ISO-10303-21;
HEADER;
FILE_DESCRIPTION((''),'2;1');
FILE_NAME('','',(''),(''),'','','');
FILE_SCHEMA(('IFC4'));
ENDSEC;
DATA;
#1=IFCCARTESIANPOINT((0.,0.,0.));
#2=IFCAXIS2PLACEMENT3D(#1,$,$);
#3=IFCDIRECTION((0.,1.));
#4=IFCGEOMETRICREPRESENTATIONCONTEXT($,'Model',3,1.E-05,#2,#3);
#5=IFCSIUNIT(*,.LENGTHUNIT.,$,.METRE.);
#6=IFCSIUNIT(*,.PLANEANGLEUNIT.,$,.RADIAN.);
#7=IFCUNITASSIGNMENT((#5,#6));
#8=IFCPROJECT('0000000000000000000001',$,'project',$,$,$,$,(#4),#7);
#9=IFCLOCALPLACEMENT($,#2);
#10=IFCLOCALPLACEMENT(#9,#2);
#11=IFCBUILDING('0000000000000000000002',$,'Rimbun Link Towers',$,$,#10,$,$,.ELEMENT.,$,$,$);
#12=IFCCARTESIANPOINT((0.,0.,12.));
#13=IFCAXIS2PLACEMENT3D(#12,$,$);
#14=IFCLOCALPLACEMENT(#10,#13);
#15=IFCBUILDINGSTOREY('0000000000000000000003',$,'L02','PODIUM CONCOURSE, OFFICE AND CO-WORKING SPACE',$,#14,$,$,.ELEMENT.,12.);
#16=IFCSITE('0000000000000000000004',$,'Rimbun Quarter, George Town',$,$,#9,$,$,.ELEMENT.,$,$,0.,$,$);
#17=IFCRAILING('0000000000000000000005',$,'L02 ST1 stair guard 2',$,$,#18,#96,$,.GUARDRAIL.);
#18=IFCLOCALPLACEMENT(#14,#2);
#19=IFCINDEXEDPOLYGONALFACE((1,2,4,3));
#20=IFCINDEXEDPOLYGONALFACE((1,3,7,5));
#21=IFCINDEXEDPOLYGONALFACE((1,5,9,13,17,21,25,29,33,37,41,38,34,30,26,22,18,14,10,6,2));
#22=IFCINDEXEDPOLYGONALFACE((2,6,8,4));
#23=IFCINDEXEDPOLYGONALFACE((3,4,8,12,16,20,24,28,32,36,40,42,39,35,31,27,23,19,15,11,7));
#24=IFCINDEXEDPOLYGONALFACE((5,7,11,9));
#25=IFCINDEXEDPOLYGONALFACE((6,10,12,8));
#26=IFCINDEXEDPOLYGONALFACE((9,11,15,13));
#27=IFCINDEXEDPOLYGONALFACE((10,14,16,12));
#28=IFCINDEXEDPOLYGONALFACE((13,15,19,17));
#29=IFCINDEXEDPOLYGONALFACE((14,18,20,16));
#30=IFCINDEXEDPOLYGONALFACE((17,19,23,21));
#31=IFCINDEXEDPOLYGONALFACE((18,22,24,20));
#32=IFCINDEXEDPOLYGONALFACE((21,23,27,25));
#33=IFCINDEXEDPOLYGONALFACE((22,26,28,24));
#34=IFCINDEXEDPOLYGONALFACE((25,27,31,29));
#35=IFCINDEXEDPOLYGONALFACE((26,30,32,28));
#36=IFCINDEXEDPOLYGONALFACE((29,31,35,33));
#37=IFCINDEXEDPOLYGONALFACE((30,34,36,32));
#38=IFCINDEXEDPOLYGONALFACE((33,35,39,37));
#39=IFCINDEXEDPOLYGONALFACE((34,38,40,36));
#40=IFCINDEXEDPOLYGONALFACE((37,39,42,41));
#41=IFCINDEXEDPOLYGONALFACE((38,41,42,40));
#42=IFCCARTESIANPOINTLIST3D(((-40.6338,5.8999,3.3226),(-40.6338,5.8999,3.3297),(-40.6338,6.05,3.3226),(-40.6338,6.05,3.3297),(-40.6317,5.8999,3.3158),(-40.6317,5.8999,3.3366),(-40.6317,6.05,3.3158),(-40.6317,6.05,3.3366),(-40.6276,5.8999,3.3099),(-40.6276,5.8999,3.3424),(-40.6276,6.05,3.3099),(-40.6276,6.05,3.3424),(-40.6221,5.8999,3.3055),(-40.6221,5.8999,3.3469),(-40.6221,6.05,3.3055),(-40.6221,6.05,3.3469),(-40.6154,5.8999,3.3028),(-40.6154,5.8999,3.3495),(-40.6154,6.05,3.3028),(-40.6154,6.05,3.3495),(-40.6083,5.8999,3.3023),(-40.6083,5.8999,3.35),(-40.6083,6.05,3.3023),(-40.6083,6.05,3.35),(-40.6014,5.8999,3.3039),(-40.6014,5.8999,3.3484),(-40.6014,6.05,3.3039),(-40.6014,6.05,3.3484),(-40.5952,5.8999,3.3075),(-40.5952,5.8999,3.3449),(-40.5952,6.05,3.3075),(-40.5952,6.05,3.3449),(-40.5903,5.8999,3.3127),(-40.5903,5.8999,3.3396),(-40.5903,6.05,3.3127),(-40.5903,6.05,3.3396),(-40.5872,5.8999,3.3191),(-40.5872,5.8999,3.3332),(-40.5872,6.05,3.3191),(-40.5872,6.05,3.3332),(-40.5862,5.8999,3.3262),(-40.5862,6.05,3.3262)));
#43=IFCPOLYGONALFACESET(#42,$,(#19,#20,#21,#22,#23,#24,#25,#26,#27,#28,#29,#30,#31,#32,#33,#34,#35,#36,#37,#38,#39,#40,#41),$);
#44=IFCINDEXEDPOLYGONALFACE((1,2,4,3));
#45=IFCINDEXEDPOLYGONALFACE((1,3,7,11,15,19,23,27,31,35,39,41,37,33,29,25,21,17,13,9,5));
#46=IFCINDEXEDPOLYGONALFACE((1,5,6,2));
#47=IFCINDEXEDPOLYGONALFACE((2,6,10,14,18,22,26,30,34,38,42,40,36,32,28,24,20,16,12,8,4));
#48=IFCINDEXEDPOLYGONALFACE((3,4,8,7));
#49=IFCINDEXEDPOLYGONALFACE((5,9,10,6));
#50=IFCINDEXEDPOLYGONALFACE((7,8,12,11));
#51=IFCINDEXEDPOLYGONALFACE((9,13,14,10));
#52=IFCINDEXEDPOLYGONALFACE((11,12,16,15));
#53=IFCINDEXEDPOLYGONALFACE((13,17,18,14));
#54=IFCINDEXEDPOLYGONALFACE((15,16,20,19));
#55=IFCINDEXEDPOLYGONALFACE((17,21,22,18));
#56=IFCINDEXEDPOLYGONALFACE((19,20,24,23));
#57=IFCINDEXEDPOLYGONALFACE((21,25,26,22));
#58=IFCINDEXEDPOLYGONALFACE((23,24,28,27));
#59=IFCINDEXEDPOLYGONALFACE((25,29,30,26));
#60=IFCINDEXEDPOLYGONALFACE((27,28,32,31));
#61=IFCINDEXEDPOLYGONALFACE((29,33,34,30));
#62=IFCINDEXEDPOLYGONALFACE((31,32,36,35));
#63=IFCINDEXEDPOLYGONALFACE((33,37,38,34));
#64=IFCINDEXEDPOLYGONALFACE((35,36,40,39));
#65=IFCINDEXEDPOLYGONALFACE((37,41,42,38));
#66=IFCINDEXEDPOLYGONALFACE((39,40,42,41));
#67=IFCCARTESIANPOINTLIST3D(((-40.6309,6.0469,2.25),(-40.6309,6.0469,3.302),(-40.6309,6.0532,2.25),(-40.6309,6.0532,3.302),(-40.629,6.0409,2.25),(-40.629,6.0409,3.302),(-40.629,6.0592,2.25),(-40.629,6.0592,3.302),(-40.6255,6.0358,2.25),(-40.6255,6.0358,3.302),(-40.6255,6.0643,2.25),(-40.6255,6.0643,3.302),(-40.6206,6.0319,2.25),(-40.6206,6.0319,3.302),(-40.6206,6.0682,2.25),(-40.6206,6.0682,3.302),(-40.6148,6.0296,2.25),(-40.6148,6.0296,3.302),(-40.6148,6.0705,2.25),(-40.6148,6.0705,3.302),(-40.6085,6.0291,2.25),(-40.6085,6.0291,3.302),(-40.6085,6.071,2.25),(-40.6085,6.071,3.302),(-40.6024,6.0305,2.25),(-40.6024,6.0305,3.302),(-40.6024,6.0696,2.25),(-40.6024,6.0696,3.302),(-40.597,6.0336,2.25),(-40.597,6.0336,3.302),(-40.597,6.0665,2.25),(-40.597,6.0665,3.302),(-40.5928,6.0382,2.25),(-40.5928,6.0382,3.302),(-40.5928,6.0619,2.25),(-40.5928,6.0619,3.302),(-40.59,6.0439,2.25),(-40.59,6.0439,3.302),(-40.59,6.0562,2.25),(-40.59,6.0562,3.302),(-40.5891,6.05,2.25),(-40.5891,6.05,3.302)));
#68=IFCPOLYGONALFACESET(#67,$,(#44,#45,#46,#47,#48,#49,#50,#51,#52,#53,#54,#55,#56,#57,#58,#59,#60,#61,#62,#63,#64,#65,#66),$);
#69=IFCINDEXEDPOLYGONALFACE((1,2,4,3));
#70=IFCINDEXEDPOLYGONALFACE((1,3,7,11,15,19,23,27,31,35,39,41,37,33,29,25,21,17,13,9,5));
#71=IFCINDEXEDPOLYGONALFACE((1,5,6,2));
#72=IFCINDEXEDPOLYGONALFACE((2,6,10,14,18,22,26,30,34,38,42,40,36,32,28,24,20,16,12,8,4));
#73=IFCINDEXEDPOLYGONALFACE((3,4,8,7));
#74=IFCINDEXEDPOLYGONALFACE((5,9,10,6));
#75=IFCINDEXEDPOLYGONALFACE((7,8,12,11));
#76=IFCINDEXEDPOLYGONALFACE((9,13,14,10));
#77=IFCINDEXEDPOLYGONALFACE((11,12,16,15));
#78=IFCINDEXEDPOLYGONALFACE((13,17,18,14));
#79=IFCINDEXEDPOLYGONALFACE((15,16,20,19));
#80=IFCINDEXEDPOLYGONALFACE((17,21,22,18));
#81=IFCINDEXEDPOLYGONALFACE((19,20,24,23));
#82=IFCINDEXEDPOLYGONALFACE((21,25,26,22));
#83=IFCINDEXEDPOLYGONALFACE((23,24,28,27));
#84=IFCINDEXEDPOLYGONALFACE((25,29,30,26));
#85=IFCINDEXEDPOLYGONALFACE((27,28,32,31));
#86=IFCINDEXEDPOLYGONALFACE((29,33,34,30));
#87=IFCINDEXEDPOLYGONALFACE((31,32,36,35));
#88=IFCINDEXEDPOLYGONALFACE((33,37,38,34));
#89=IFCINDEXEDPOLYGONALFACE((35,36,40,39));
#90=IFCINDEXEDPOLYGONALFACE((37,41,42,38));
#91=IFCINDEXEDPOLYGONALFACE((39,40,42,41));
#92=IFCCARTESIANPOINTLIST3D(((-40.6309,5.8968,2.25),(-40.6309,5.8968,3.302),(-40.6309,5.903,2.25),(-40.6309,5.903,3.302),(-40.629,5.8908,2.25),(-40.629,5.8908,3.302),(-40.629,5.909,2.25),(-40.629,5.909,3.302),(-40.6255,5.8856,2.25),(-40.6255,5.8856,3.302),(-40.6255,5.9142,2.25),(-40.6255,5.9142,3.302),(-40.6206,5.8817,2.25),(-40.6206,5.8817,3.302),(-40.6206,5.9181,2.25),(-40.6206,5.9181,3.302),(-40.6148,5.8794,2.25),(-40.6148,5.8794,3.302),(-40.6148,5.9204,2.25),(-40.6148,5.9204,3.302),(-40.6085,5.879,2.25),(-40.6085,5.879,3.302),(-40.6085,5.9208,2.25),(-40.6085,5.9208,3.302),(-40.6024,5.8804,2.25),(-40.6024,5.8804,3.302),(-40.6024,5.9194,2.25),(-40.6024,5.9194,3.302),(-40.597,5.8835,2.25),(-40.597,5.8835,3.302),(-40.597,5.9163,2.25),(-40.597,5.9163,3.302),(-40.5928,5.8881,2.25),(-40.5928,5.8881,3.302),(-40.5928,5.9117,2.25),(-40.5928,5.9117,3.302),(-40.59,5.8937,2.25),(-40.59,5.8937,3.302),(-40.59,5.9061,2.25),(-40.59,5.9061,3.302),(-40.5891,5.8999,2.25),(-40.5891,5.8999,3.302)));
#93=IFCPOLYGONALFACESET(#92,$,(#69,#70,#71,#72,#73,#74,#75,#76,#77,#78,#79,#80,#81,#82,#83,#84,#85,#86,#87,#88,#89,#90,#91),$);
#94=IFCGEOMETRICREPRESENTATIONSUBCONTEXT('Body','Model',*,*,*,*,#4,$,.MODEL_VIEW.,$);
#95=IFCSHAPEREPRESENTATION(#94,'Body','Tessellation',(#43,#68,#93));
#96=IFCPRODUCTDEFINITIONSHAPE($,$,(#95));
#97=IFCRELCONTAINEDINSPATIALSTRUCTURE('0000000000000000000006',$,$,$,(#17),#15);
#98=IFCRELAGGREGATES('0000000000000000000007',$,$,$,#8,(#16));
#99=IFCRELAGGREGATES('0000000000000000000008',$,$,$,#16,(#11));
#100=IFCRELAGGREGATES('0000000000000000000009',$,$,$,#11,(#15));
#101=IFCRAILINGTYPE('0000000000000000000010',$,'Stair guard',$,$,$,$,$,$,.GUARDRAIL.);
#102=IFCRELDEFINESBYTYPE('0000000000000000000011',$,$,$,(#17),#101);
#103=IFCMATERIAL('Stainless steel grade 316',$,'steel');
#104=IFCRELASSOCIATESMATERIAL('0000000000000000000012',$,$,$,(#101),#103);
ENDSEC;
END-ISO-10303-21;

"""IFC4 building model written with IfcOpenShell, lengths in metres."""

from ifc_helpers import new_model, si_unit, direction, frame, origin, origin_2d, place, context, subcontext, project, spatial, circle, extrude, material, type_object, element, save


model = new_model("IFC4")

# Units and contexts
model_context = context("Model", 3, precision=1e-05, world=origin(), true_north=direction((0.0, 1.0)))
body_context = subcontext(model_context, "Body", "Model", "MODEL_VIEW")
ifc_project = project(units=[si_unit("LENGTHUNIT", "METRE"), si_unit("PLANEANGLEUNIT", "RADIAN")], contexts=[model_context])

# Site, building, storey
site_placement = place(None, origin())
site = spatial("IfcSite", under=ifc_project, at=site_placement, Name="Rimbun Quarter, George Town", CompositionType="ELEMENT", RefElevation=0.0)
building_placement = place(site_placement, origin())
building = spatial("IfcBuilding", under=site, at=building_placement, Name="Rimbun Link Towers", CompositionType="ELEMENT")
storey_placement = place(building_placement, frame((0.0, 0.0, 12.0)))
storey = spatial("IfcBuildingStorey", under=building, at=storey_placement, Name="L02", Description="PODIUM CONCOURSE, OFFICE AND CO-WORKING SPACE", CompositionType="ELEMENT", Elevation=12.0)

# Railing
ifc_material_1 = material(Name="Stainless steel grade 316", Category="steel")
railing_type_1 = type_object("IfcRailingType", Name="Stair guard", PredefinedType="GUARDRAIL", material=ifc_material_1)
railing_1_placement = place(storey_placement, frame((-40.6101, 6.05, 2.25)))
element("IfcRailing", 1, at=railing_1_placement, inside=storey, type_object=railing_type_1, Name="L02 ST1 stair guard 2", PredefinedType="GUARDRAIL", context=body_context, shape_type="SweptSolid", body=[
    extrude(circle(Radius=0.0239, at=origin_2d()), frame((0.0, 0.0, 1.0762), z_axis=(0.0, -1.0, 0.0), x_axis=(1.0, 0.0, 0.0)), (0.0, 0.0, 1.0), 0.1501),
    extrude(circle(Radius=0.021, at=origin_2d()), origin(), (0.0, 0.0, 1.0), 1.052),
    extrude(circle(Radius=0.021, at=origin_2d()), frame((0.0, -0.1501, 0.0)), (0.0, 0.0, 1.0), 1.052),
])

save(model, "model.ifc")
